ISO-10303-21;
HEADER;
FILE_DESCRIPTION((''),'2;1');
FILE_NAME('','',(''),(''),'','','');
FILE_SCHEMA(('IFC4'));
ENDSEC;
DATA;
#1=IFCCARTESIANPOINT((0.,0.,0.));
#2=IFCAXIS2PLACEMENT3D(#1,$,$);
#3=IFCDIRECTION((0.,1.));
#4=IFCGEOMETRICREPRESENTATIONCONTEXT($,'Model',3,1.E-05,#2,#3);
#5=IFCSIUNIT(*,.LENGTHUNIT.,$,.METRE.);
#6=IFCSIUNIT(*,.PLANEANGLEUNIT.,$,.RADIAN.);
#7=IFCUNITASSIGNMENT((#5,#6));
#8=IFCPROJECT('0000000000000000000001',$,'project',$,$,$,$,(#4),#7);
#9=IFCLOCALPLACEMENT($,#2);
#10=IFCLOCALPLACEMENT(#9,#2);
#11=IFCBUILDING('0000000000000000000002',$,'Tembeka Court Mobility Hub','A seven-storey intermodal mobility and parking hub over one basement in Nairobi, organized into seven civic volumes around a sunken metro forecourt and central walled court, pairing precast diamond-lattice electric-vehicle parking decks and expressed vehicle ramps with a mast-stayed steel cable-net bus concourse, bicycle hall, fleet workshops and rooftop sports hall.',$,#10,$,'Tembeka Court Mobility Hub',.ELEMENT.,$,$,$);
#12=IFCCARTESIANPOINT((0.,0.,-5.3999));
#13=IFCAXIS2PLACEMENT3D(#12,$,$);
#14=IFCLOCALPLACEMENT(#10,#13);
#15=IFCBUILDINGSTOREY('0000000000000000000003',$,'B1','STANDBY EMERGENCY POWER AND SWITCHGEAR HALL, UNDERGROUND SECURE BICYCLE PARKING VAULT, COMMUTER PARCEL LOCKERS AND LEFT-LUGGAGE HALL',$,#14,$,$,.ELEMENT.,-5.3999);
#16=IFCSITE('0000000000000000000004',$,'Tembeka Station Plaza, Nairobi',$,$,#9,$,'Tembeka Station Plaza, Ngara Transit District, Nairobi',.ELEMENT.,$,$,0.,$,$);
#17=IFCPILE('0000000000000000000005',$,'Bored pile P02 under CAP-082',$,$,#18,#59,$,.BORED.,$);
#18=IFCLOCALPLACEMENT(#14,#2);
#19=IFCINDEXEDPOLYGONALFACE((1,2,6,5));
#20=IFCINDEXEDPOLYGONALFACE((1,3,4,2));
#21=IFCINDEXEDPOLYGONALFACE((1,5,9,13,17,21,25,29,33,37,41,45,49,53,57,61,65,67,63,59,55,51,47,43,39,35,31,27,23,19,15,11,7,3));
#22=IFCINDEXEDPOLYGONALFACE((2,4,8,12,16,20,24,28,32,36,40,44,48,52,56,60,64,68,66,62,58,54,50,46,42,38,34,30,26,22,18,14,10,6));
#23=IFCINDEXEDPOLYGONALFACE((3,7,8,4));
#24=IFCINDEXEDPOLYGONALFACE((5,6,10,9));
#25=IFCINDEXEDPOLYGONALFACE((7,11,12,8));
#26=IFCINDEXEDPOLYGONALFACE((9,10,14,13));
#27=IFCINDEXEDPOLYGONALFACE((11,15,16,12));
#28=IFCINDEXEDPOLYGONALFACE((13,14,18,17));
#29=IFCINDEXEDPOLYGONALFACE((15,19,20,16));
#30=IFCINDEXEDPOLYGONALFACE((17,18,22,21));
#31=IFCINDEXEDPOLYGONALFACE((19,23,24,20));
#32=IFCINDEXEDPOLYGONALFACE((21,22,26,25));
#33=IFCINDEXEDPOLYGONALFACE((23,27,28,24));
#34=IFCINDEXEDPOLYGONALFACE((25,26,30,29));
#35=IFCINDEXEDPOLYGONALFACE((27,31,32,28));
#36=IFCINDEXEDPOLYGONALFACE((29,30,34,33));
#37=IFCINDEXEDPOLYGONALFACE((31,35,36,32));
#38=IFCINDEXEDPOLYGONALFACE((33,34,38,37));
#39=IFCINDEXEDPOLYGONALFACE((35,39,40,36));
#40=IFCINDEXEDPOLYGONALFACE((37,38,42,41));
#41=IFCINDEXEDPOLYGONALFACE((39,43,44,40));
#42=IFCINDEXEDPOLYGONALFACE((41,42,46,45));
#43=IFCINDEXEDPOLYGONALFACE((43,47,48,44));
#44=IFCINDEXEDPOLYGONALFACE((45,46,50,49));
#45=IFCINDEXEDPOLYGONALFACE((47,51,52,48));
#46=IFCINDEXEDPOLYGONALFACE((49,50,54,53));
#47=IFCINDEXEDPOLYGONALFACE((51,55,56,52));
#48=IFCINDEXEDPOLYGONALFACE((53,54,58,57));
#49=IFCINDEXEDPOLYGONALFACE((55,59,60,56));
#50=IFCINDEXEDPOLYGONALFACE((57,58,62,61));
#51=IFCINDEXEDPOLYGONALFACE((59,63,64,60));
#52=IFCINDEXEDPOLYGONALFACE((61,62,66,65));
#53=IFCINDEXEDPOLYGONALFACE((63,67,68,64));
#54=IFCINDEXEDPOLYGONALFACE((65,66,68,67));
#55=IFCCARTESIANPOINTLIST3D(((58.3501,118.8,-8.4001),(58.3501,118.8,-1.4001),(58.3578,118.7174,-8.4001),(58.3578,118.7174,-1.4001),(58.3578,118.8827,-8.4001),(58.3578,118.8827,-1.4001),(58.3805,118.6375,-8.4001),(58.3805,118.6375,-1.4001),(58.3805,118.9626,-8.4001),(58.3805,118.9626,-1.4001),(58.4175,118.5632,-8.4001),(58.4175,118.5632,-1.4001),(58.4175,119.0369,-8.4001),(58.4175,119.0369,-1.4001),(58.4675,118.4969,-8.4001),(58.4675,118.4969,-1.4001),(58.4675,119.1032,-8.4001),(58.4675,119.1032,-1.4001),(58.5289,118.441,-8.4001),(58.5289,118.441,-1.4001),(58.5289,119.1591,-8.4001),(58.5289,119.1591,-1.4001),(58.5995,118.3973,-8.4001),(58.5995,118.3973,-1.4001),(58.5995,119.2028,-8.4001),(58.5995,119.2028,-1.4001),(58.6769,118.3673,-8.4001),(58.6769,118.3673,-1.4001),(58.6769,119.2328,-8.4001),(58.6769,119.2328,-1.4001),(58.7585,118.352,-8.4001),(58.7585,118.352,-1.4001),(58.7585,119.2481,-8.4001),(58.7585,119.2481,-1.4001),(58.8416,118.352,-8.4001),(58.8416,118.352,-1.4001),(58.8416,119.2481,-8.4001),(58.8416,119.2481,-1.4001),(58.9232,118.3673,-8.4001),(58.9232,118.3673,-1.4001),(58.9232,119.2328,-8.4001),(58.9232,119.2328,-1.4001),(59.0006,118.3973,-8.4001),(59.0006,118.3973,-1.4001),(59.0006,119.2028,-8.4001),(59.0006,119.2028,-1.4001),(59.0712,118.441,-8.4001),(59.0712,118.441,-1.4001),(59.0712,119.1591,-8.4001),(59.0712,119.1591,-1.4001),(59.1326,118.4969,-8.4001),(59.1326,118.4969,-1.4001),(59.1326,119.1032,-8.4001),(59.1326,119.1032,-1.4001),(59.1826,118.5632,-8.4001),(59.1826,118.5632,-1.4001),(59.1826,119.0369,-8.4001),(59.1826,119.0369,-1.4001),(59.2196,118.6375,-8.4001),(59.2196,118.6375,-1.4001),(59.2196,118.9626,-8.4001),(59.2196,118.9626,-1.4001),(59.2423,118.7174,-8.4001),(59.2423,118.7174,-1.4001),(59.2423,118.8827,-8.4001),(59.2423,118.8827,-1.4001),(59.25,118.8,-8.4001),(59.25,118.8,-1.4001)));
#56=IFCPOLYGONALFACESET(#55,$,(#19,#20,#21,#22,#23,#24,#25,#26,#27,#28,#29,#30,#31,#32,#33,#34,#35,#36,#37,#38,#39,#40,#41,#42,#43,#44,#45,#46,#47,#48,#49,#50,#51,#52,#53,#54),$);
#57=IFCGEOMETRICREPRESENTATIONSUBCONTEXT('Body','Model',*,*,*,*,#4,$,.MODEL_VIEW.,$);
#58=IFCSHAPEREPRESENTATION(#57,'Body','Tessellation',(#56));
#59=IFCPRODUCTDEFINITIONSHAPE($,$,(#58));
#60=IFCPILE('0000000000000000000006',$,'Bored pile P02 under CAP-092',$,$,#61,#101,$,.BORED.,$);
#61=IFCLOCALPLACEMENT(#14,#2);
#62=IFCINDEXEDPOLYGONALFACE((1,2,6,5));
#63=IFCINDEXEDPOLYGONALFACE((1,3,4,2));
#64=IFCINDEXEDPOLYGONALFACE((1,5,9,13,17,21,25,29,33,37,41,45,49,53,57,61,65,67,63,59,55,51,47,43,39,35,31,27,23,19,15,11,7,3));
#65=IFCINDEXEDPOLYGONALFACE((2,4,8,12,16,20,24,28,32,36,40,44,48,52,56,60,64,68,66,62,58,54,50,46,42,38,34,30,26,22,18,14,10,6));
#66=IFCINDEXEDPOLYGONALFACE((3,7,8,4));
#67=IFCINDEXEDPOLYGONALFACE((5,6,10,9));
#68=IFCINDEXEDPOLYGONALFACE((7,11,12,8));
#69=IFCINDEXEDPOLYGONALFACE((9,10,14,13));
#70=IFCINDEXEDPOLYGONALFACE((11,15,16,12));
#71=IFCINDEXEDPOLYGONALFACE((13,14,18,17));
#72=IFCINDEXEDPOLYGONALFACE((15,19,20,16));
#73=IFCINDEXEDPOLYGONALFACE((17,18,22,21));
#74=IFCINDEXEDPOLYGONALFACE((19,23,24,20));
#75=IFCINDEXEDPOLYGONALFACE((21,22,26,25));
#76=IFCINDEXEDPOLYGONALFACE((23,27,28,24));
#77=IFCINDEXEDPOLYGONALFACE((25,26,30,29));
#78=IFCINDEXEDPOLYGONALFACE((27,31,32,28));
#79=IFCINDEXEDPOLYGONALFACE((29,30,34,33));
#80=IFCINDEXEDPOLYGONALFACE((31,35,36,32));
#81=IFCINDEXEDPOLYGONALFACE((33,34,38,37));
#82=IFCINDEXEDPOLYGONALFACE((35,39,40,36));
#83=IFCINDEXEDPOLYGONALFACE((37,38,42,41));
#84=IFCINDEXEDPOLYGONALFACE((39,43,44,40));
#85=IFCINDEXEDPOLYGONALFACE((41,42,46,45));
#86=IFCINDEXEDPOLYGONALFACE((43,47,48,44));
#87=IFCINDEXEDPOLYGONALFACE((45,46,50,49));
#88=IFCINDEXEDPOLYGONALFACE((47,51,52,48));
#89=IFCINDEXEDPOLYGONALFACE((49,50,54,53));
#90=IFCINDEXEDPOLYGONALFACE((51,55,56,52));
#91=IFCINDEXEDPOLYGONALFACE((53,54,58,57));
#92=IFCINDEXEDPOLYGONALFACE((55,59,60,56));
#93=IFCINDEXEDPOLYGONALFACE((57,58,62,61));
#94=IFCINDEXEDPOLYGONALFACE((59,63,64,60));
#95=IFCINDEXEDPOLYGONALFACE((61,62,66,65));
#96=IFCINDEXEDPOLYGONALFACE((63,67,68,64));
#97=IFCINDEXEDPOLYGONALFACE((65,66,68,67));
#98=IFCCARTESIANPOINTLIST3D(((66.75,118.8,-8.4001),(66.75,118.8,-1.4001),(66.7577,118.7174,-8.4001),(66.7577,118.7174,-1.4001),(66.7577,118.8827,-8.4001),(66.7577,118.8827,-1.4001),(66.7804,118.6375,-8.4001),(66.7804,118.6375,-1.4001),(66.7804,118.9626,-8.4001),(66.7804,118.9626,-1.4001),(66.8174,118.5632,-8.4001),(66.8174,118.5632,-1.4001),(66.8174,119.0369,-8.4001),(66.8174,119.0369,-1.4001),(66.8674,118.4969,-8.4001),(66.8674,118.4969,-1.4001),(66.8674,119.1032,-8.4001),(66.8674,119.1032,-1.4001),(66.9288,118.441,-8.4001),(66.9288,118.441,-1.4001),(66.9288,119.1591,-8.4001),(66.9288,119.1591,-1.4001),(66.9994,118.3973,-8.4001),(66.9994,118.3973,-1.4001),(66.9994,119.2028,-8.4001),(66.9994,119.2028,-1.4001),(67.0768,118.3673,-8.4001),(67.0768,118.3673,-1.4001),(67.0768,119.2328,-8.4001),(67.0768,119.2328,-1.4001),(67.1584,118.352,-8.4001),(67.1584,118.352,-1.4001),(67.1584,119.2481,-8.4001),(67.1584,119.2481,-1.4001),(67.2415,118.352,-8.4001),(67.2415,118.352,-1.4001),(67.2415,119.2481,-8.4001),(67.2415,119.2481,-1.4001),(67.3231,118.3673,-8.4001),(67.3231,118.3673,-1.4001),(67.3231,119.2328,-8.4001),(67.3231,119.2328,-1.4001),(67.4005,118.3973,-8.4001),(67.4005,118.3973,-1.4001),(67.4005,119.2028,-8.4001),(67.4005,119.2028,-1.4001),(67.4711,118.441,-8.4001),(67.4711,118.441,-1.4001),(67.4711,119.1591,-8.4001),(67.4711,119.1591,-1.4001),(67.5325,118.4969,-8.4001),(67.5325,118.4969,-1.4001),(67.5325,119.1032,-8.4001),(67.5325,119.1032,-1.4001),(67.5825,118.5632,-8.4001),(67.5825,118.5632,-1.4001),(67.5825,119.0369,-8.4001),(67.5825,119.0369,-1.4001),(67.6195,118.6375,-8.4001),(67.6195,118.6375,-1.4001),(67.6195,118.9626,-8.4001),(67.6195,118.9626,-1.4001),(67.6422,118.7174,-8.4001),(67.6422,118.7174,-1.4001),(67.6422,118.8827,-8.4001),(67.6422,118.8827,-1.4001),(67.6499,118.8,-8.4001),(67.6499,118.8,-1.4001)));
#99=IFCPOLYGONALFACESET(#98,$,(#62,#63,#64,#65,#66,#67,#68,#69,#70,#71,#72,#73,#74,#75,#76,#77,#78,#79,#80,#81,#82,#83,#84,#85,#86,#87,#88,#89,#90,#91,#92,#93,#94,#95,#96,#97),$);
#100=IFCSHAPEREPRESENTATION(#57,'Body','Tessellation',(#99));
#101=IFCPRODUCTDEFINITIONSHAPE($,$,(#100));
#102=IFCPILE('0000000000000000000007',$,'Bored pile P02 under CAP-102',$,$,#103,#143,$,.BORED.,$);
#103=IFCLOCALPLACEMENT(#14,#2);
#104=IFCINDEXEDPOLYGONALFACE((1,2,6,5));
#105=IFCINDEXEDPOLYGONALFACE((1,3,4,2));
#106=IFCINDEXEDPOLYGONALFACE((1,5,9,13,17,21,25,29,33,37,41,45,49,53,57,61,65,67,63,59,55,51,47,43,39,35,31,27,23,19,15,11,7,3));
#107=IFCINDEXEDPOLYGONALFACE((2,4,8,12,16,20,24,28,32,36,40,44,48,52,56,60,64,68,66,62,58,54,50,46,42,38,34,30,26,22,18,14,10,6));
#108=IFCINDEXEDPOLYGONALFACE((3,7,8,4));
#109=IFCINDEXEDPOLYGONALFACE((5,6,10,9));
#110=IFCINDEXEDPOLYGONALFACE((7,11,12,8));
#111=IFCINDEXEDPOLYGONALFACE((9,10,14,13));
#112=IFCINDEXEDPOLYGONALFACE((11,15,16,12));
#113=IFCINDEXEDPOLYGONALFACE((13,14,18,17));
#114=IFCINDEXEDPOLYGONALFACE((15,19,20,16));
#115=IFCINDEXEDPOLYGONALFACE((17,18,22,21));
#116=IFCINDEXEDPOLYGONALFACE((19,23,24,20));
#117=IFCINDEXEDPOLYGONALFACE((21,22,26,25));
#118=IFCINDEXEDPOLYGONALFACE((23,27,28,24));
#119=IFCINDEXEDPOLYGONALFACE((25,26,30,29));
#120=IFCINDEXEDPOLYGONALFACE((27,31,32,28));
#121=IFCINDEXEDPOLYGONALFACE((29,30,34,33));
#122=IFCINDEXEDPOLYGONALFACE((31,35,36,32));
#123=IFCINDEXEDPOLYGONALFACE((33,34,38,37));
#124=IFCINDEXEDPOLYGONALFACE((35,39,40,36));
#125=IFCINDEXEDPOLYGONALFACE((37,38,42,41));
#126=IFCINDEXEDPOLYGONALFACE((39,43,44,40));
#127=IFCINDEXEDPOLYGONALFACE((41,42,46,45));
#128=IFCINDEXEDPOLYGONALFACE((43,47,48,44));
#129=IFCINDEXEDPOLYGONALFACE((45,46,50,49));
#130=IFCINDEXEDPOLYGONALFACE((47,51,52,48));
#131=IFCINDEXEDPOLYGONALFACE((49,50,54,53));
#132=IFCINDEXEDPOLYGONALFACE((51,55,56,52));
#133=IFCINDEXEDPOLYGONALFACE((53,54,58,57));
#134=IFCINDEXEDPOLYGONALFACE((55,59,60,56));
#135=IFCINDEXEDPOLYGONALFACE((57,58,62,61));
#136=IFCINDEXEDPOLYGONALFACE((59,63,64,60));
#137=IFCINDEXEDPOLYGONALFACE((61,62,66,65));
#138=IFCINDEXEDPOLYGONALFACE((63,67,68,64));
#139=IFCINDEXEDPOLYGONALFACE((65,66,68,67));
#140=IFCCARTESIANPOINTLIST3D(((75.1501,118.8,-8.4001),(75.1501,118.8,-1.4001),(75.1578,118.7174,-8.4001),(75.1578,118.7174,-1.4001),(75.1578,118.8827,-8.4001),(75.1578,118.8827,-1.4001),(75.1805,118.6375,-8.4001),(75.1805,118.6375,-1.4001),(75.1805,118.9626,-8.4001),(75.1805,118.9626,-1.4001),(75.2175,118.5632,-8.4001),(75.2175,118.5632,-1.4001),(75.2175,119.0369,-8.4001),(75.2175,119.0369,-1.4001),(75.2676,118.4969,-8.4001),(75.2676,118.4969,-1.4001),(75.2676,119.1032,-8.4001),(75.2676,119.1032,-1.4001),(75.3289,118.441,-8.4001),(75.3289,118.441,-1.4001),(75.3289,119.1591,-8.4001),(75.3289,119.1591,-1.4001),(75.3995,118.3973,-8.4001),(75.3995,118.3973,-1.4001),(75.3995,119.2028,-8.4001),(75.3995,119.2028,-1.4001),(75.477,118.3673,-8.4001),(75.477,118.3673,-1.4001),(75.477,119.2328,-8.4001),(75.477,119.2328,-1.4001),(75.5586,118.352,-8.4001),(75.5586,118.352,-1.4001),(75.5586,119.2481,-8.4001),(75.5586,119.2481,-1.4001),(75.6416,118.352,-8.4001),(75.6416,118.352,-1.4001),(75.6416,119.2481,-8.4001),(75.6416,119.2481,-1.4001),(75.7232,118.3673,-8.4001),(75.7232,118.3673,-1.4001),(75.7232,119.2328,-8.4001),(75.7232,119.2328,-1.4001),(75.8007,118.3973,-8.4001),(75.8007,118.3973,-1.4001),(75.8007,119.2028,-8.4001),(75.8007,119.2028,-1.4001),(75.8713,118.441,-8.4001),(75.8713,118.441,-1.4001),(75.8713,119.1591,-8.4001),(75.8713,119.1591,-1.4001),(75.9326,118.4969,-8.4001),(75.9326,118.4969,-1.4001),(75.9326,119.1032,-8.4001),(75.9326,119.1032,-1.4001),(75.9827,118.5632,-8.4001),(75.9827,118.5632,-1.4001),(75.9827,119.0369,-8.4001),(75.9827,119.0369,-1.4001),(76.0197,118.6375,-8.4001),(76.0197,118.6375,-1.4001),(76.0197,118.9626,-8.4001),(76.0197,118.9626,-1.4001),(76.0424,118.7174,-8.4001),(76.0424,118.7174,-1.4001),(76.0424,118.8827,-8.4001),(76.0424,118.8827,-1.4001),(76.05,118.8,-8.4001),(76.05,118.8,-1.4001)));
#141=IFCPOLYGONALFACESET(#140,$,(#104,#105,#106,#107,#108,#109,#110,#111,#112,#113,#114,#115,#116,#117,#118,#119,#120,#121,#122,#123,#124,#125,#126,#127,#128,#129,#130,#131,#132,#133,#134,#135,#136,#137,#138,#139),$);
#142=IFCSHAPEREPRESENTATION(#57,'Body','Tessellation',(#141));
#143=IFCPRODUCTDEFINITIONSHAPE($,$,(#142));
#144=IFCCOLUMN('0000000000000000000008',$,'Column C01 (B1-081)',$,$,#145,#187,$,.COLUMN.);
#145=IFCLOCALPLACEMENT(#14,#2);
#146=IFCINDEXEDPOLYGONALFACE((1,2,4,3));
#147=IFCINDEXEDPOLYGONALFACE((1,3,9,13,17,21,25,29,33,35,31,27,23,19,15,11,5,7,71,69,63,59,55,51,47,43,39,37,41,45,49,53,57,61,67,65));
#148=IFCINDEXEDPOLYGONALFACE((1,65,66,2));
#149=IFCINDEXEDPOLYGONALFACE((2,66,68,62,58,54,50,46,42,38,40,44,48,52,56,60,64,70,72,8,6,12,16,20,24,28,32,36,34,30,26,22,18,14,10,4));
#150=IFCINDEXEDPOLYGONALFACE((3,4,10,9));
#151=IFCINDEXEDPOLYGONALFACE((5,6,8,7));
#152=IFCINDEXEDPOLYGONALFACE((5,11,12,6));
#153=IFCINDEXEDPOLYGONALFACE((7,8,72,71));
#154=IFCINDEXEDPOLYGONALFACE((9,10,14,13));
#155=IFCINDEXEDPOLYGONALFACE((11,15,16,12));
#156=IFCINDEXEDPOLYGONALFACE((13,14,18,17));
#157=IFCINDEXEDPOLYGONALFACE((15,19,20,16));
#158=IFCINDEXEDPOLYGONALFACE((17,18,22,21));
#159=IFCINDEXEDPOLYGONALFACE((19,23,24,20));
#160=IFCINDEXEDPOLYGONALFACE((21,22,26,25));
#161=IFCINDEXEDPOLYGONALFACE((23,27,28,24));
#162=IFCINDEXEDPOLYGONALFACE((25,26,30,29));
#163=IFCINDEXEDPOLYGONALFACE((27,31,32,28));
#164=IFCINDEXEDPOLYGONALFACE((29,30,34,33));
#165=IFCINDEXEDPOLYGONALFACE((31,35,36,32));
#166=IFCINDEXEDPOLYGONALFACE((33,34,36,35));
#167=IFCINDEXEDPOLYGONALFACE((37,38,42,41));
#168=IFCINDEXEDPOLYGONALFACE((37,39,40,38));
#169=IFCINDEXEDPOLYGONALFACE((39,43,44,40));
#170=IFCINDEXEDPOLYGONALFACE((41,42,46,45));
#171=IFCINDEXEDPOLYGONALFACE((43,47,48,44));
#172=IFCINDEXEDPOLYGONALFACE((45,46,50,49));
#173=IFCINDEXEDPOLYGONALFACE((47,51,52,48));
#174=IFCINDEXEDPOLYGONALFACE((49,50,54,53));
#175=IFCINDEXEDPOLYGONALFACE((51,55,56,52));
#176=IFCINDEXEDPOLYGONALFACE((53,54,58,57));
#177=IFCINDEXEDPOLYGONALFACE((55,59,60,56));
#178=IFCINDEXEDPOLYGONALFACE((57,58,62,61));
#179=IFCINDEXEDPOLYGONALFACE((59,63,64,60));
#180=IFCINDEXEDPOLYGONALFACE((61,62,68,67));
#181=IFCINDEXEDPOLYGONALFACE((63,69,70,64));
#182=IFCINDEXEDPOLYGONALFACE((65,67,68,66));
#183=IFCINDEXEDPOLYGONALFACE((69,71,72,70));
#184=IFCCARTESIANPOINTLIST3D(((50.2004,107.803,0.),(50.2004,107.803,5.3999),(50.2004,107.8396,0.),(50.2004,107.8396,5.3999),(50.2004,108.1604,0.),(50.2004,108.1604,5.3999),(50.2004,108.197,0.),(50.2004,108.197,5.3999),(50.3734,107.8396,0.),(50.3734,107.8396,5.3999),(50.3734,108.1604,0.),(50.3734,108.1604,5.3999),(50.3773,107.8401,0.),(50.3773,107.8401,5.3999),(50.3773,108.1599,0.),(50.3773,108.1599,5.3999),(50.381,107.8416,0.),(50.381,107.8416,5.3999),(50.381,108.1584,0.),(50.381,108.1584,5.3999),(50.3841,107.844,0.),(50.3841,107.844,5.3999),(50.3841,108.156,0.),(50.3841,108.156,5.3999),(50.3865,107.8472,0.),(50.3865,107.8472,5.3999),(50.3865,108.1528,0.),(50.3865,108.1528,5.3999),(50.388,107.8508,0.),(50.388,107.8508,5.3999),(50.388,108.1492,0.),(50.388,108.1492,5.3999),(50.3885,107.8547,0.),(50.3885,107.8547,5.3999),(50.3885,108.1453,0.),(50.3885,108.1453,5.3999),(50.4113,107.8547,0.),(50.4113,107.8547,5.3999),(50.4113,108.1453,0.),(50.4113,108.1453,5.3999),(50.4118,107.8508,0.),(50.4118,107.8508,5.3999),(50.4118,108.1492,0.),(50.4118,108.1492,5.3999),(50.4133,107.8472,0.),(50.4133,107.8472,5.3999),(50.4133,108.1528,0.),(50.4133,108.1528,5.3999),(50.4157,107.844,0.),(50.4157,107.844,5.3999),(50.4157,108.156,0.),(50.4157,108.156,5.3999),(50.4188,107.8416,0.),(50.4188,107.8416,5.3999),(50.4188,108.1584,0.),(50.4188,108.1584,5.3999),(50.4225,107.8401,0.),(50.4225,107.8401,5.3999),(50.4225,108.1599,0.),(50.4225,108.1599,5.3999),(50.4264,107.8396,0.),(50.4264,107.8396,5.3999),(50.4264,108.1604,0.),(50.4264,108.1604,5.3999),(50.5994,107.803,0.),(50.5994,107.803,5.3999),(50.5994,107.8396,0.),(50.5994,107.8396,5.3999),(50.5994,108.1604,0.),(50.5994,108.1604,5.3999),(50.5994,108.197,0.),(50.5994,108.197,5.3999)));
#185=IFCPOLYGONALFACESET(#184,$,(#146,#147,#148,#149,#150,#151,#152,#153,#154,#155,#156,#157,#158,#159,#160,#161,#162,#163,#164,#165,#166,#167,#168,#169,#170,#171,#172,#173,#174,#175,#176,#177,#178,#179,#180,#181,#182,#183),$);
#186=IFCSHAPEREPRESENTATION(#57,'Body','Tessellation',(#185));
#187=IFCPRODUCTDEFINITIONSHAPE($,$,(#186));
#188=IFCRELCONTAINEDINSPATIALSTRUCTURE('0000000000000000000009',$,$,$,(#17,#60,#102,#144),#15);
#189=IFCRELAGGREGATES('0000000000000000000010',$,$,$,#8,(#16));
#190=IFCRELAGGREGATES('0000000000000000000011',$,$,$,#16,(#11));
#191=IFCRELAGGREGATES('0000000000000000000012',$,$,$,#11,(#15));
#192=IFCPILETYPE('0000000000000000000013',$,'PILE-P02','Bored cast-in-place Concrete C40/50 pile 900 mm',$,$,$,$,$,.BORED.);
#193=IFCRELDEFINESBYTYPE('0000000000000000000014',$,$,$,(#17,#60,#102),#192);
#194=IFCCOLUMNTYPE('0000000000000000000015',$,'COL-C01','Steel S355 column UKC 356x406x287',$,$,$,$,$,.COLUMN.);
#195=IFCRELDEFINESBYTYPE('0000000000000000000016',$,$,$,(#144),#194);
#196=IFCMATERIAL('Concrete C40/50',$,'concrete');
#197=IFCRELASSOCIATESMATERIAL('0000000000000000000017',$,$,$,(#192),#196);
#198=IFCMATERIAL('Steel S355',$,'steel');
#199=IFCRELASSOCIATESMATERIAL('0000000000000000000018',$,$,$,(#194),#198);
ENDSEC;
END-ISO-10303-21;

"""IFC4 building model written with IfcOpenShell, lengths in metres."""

from ifc_helpers import new_model, si_unit, direction, frame, origin, origin_2d, place, context, subcontext, project, spatial, circle, i_section, extrude, material, material_profile, profile_set, type_object, element, save


model = new_model("IFC4")

# Units and contexts
model_context = context("Model", 3, precision=1e-05, world=origin(), true_north=direction((0.0, 1.0)))
body_context = subcontext(model_context, "Body", "Model", "MODEL_VIEW")
ifc_project = project(units=[si_unit("LENGTHUNIT", "METRE"), si_unit("PLANEANGLEUNIT", "RADIAN")], contexts=[model_context])

# Site, building, storey
site_placement = place(None, origin())
site = spatial("IfcSite", under=ifc_project, at=site_placement, Name="Tembeka Station Plaza, Nairobi", LongName="Tembeka Station Plaza, Ngara Transit District, Nairobi", CompositionType="ELEMENT", RefElevation=0.0)
building_placement = place(site_placement, origin())
building = spatial("IfcBuilding", under=site, at=building_placement, Name="Tembeka Court Mobility Hub", Description="A seven-storey intermodal mobility and parking hub over one basement in Nairobi, organized into seven civic volumes around a sunken metro forecourt and central walled court, pairing precast diamond-lattice electric-vehicle parking decks and expressed vehicle ramps with a mast-stayed steel cable-net bus concourse, bicycle hall, fleet workshops and rooftop sports hall.", LongName="Tembeka Court Mobility Hub", CompositionType="ELEMENT")
storey_placement = place(building_placement, frame((0.0, 0.0, -5.3999)))
storey = spatial("IfcBuildingStorey", under=building, at=storey_placement, Name="B1", Description="STANDBY EMERGENCY POWER AND SWITCHGEAR HALL, UNDERGROUND SECURE BICYCLE PARKING VAULT, COMMUTER PARCEL LOCKERS AND LEFT-LUGGAGE HALL", CompositionType="ELEMENT", Elevation=-5.3999)

# Shared definitions
ifc_material_1 = material(Name="Concrete C40/50", Category="concrete")

# Piles
ifc_material_profile_1 = material_profile(ifc_material_1, circle(Radius=0.45, at=origin_2d()), Name="PILE D900")
ifc_profile_set_1 = profile_set([ifc_material_profile_1], Name="Concrete C40/50")
pile_type = type_object("IfcPileType", Name="PILE-P02", Description="Bored cast-in-place Concrete C40/50 pile 900 mm", PredefinedType="BORED", material=ifc_profile_set_1)
for number, where, z_axis, x_axis, name in (
    (1, (58.8, 118.8, -1.4001), (0.0, 0.0, -1.0), (1.0, 0.0, 0.0), "Bored pile P02 under CAP-082"),
    (2, (67.2, 118.8, -1.4001), (0.0, 0.0, -1.0), (1.0, 0.0, 0.0), "Bored pile P02 under CAP-092"),
    (3, (75.6001, 118.8, -1.4001), (0.0, 0.0, -1.0), (1.0, 0.0, 0.0), "Bored pile P02 under CAP-102"),
):
    element("IfcPile", number, at=place(storey_placement, frame(where, z_axis=z_axis, x_axis=x_axis)), inside=storey, type_object=pile_type, Name=name, PredefinedType="BORED", context=body_context, shape_type="SweptSolid", body=[
        extrude(circle(Radius=0.45, at=origin_2d()), origin(), (0.0, 0.0, 1.0), 7.0),
    ])

# Column
ifc_material_2 = material(Name="Steel S355", Category="steel")
ifc_material_profile_2 = material_profile(ifc_material_2, i_section(OverallWidth=0.3989, OverallDepth=0.394, WebThickness=0.0227, FlangeThickness=0.0366, FilletRadius=0.0151, at=origin_2d()), Name="UKC 356x406x287")
ifc_profile_set_2 = profile_set([ifc_material_profile_2], Name="Steel S355")
column_type = type_object("IfcColumnType", Name="COL-C01", Description="Steel S355 column UKC 356x406x287", PredefinedType="COLUMN", material=ifc_profile_set_2)
for number, where, z_axis, x_axis, name in (
    (4, (50.3999, 108.0, 0.0), (0.0, 0.0, 1.0), (1.0, 0.0, 0.0), "Column C01 (B1-081)"),
):
    element("IfcColumn", number, at=place(storey_placement, frame(where, z_axis=z_axis, x_axis=x_axis)), inside=storey, type_object=column_type, Name=name, PredefinedType="COLUMN", context=body_context, shape_type="SweptSolid", body=[
        extrude(i_section(OverallWidth=0.3989, OverallDepth=0.394, WebThickness=0.0227, FlangeThickness=0.0366, FilletRadius=0.0151, at=origin_2d()), origin(), (0.0, 0.0, 1.0), 5.3999),
    ])

save(model, "model.ifc")
